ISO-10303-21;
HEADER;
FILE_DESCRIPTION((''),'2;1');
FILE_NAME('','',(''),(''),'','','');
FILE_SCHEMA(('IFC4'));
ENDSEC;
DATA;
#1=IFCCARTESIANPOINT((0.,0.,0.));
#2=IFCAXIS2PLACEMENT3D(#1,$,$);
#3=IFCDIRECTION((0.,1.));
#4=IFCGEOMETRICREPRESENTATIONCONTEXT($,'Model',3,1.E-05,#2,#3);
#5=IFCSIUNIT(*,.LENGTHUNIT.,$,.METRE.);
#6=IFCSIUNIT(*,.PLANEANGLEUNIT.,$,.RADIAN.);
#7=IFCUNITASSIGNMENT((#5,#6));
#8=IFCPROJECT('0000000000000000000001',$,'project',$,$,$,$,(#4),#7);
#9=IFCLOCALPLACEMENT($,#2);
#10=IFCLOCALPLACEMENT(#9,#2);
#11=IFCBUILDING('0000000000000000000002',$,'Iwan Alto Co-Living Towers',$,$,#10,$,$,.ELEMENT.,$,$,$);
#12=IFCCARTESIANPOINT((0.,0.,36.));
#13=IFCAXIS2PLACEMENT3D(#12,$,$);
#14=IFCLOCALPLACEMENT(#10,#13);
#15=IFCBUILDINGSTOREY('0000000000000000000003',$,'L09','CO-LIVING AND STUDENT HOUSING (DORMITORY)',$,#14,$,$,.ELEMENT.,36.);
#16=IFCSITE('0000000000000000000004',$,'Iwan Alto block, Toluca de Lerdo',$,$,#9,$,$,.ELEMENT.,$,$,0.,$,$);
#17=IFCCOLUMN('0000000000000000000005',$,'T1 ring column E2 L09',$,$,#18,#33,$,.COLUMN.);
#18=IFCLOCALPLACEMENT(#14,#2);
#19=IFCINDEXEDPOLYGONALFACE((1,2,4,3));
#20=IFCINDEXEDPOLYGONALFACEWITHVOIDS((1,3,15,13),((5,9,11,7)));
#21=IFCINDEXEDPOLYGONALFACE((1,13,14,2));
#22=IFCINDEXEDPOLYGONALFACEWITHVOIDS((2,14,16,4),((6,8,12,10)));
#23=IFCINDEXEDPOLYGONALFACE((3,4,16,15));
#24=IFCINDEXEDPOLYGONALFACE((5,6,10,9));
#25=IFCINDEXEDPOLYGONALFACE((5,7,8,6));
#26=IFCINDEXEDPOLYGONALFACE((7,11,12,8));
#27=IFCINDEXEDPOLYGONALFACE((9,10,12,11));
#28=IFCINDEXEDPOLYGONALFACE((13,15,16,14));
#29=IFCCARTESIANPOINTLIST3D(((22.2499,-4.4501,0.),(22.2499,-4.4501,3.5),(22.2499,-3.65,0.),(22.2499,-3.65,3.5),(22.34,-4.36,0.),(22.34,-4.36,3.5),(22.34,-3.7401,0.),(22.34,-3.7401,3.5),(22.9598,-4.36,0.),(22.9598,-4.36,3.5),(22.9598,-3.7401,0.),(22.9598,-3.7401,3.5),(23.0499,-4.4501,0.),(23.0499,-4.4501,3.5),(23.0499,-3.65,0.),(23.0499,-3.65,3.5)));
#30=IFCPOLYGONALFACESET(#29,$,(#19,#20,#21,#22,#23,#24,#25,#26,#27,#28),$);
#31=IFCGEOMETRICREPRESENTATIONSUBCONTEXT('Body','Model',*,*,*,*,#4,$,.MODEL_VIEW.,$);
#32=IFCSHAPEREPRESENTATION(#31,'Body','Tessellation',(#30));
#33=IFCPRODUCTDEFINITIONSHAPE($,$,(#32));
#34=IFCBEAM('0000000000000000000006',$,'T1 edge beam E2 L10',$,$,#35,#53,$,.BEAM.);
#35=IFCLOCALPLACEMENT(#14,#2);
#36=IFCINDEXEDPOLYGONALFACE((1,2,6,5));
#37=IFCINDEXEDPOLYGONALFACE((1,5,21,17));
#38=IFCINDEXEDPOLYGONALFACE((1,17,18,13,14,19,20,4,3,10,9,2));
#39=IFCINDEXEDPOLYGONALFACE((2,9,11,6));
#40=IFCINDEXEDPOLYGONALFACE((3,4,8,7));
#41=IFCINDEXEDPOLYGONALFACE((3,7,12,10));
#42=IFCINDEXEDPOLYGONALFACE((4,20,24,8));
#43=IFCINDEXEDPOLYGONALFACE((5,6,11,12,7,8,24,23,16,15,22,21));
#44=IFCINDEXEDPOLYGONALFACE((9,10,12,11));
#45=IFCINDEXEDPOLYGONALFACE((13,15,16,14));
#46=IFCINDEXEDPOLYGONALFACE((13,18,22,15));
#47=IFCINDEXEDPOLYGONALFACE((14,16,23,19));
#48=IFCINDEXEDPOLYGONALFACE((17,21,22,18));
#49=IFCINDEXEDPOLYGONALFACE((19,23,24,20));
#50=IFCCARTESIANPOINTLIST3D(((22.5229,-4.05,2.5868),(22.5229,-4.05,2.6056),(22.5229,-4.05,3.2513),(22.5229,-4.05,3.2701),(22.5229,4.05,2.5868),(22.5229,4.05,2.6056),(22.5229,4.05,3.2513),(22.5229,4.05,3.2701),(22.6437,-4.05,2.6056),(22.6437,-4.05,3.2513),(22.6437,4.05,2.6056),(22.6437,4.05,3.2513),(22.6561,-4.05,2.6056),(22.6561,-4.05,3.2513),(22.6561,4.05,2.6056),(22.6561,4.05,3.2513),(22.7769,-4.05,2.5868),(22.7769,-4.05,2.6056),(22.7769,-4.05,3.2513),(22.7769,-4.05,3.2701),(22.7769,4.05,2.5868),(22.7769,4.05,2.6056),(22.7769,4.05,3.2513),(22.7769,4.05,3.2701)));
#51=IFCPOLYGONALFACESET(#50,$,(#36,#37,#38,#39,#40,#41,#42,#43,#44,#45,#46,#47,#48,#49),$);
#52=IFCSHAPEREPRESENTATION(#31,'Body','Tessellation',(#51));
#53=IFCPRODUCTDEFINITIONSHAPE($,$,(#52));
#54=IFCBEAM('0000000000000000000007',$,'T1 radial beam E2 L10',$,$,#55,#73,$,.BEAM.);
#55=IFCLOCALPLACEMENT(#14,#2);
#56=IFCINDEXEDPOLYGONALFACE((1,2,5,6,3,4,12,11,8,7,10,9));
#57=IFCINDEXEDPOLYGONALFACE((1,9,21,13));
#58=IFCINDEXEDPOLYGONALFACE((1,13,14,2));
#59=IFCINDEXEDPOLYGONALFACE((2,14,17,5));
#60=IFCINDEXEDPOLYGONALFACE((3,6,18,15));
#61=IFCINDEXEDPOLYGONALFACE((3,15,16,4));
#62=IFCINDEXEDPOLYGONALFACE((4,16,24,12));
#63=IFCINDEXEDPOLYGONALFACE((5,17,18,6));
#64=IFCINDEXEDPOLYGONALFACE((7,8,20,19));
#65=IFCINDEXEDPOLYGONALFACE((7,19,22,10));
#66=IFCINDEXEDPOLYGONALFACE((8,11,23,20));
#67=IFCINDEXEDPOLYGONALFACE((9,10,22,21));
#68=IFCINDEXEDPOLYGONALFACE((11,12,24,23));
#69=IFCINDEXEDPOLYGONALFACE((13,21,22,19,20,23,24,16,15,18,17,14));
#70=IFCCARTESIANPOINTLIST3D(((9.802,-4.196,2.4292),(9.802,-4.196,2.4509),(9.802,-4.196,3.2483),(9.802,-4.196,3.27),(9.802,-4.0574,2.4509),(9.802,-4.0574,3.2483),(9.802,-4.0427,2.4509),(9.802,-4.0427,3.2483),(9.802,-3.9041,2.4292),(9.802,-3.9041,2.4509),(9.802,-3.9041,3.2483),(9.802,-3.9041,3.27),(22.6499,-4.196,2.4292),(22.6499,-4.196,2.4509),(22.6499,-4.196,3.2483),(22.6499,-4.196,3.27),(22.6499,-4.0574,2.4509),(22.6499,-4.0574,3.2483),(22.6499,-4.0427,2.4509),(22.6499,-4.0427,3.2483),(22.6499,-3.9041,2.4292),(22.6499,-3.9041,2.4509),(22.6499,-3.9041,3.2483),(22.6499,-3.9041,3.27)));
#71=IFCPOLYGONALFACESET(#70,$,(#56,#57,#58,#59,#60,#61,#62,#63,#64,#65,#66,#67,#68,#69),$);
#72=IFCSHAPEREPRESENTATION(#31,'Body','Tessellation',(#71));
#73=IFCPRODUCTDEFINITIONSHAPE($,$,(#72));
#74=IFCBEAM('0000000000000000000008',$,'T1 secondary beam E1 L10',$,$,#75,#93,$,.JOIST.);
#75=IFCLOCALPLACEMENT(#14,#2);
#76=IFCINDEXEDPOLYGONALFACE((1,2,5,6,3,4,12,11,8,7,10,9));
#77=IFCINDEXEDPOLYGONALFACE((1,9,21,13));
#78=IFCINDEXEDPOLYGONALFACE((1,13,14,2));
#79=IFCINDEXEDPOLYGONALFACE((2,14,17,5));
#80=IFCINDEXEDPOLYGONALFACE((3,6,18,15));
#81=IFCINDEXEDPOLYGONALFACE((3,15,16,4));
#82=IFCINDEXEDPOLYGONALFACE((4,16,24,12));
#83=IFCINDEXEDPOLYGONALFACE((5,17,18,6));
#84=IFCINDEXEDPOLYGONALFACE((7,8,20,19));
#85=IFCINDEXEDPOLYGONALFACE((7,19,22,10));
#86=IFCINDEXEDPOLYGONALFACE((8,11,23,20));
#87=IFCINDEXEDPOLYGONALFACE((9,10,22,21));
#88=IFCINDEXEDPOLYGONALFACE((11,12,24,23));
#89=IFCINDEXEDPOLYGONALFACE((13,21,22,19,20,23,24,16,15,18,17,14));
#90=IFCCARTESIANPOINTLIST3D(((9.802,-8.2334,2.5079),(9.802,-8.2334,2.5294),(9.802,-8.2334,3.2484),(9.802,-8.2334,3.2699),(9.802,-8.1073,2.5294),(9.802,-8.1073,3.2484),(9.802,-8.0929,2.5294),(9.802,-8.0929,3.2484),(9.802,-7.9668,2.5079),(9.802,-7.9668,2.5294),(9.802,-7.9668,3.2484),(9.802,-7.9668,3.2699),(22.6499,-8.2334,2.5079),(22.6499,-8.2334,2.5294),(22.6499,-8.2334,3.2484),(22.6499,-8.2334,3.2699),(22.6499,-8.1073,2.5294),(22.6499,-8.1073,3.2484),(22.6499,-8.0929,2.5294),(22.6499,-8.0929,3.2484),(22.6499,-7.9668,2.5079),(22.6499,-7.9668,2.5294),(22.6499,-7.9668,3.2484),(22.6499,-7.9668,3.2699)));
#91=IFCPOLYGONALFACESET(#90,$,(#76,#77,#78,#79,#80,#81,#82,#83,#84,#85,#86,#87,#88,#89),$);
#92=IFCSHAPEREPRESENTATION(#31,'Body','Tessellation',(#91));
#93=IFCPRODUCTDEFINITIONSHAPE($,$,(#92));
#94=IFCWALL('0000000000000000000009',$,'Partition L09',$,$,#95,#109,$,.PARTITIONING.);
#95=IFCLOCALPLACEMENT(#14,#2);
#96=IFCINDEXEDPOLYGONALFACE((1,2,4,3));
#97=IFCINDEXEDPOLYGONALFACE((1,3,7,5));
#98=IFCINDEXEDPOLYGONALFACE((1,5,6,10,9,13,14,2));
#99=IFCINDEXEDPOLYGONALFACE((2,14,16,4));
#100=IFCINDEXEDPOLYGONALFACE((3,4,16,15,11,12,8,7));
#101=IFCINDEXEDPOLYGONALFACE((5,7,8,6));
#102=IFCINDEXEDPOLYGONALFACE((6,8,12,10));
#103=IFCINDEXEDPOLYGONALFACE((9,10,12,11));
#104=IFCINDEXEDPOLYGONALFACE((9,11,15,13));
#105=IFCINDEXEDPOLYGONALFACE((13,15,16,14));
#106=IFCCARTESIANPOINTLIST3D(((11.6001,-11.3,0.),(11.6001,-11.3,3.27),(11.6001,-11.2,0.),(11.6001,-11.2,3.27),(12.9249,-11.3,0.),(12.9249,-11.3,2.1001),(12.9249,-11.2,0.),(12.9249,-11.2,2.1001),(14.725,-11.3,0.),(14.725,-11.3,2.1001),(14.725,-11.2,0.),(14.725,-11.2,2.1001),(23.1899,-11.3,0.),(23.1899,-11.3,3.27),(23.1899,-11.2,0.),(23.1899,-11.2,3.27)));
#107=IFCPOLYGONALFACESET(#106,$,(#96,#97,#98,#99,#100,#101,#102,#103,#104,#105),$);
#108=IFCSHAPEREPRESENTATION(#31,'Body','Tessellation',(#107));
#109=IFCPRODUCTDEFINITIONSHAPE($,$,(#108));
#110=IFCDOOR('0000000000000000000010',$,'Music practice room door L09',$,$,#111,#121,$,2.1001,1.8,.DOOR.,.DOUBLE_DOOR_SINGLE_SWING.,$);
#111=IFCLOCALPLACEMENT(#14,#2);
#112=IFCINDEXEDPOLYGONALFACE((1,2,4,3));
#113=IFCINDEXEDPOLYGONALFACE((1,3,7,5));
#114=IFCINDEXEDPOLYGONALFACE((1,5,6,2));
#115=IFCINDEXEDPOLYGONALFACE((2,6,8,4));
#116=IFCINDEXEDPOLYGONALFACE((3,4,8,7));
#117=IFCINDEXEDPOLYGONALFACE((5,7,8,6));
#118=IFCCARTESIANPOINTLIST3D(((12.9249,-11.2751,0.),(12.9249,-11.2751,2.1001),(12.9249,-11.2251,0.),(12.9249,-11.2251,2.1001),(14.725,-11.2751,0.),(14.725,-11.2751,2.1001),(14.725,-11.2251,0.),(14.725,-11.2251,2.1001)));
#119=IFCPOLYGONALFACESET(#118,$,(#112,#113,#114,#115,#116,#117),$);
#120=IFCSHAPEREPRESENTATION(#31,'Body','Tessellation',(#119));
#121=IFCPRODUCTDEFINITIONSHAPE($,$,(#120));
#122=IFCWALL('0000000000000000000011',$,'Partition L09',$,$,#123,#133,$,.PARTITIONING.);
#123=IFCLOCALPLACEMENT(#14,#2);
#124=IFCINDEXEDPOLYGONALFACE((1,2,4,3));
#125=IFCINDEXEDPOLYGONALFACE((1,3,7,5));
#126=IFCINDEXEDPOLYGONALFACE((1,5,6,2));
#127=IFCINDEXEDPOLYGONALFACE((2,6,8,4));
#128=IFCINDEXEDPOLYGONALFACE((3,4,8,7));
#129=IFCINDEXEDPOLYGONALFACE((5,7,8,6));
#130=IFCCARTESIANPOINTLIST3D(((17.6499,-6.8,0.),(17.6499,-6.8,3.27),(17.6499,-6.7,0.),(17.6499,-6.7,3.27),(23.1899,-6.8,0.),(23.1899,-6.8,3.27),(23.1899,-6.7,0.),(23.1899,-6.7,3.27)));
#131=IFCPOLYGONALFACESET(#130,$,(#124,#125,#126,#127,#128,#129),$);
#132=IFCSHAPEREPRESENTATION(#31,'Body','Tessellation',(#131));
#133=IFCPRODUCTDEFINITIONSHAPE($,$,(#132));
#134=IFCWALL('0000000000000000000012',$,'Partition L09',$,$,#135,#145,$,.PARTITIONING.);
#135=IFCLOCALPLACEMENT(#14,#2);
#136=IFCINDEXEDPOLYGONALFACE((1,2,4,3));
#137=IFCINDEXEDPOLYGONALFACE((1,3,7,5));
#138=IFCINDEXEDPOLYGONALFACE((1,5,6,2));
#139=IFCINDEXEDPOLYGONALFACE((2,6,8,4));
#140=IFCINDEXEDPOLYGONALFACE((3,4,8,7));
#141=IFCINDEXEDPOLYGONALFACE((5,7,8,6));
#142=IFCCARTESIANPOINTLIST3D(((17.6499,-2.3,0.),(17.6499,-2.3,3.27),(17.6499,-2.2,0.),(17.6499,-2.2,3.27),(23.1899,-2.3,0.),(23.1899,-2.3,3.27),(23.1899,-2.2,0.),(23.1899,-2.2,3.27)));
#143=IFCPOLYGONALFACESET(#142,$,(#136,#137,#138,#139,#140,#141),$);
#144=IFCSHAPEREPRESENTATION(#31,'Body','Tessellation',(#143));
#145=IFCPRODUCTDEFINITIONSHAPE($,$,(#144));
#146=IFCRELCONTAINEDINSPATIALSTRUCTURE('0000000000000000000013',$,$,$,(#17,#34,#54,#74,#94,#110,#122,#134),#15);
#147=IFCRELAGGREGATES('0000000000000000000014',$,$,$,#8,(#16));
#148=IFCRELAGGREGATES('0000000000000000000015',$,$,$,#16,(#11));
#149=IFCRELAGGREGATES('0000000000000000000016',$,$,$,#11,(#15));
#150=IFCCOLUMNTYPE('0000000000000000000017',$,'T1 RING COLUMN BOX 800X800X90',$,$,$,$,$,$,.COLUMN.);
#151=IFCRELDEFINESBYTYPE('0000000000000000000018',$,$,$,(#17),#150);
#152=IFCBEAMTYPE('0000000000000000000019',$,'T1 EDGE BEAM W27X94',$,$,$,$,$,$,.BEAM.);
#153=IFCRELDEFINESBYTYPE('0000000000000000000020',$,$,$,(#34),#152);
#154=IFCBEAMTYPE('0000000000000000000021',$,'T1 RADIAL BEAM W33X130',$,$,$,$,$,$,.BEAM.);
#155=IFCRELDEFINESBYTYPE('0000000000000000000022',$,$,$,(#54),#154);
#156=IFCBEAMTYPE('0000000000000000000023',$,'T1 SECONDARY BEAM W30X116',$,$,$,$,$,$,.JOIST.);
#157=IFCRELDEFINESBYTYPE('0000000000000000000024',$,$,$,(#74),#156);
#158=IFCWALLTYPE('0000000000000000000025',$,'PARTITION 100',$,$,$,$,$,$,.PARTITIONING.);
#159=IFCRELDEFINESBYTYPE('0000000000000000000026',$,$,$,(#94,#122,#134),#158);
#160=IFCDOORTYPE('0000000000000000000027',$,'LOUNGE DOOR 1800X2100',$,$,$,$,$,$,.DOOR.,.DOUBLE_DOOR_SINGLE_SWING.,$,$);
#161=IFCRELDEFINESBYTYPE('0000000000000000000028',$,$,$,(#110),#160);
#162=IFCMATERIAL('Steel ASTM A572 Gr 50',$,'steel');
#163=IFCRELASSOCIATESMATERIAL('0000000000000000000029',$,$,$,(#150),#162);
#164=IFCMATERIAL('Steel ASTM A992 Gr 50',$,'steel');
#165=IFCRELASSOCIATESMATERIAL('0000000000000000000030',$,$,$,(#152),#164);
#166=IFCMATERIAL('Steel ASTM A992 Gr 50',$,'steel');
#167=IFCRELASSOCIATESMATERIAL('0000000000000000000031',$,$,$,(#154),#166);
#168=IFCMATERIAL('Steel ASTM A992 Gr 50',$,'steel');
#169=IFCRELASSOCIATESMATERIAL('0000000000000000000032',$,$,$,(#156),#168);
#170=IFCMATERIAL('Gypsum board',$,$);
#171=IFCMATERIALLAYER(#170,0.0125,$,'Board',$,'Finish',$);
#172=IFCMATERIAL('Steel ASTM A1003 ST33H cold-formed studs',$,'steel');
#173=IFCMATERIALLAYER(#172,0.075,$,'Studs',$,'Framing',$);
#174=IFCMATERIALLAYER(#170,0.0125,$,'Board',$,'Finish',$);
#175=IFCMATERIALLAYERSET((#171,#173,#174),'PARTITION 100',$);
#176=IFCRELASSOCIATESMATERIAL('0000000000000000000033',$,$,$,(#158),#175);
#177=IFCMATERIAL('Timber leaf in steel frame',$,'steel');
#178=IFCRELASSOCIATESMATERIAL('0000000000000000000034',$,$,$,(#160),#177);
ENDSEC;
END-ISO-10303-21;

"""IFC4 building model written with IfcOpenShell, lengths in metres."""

from ifc_helpers import new_model, si_unit, direction, frame, frame_2d, origin, origin_2d, place, context, subcontext, project, spatial, rectangle, hollow_rectangle, i_section, extrude, material, layer, layer_set, material_profile, profile_set, type_object, element, fill, save


model = new_model("IFC4")

# Units and contexts
model_context = context("Model", 3, precision=1e-05, world=origin(), true_north=direction((0.0, 1.0)))
body_context = subcontext(model_context, "Body", "Model", "MODEL_VIEW")
ifc_project = project(units=[si_unit("LENGTHUNIT", "METRE"), si_unit("PLANEANGLEUNIT", "RADIAN")], contexts=[model_context])

# Site, building, storey
site_placement = place(None, origin())
site = spatial("IfcSite", under=ifc_project, at=site_placement, Name="Iwan Alto block, Toluca de Lerdo", CompositionType="ELEMENT", RefElevation=0.0)
building_placement = place(site_placement, origin())
building = spatial("IfcBuilding", under=site, at=building_placement, Name="Iwan Alto Co-Living Towers", CompositionType="ELEMENT")
storey_placement = place(building_placement, frame((0.0, 0.0, 36.0)))
storey = spatial("IfcBuildingStorey", under=building, at=storey_placement, Name="L09", Description="CO-LIVING AND STUDENT HOUSING (DORMITORY)", CompositionType="ELEMENT", Elevation=36.0)

# Column
ifc_material_1 = material(Name="Steel ASTM A572 Gr 50", Category="steel")
ifc_material_profile_1 = material_profile(ifc_material_1, hollow_rectangle(XDim=0.8, YDim=0.8, WallThickness=0.0901, at=origin_2d()), Name="BOX 800X800X90")
ifc_profile_set_1 = profile_set([ifc_material_profile_1], Name="Steel ASTM A572 Gr 50")
column_type = type_object("IfcColumnType", Name="T1 RING COLUMN BOX 800X800X90", PredefinedType="COLUMN", material=ifc_profile_set_1)
column_placement = place(storey_placement, frame((22.6499, -4.05, 0.0), z_axis=(0.0, 0.0, 1.0), x_axis=(1.0, 0.0, 0.0)))
element("IfcColumn", 1, at=column_placement, inside=storey, type_object=column_type, Name="T1 ring column E2 L09", PredefinedType="COLUMN", context=body_context, shape_type="SweptSolid", body=[
    extrude(hollow_rectangle(XDim=0.8, YDim=0.8, WallThickness=0.0901, at=origin_2d()), origin(), (0.0, 0.0, 1.0), 3.5),
])

# Beams
ifc_material_2 = material(Name="Steel ASTM A992 Gr 50", Category="steel")
ifc_material_profile_2 = material_profile(ifc_material_2, i_section(OverallWidth=0.2539, OverallDepth=0.6833, WebThickness=0.0125, FlangeThickness=0.0188, at=origin_2d()), Name="W27X94")
ifc_profile_set_2 = profile_set([ifc_material_profile_2], Name="Steel ASTM A992 Gr 50")
beam_type_1 = type_object("IfcBeamType", Name="T1 EDGE BEAM W27X94", PredefinedType="BEAM", material=ifc_profile_set_2)
beam_1_placement = place(storey_placement, frame((22.6499, -4.05, 2.9285), z_axis=(0.0, 1.0, 0.0), x_axis=(-1.0, 0.0, 0.0)))
element("IfcBeam", 2, at=beam_1_placement, inside=storey, type_object=beam_type_1, Name="T1 edge beam E2 L10", PredefinedType="BEAM", context=body_context, shape_type="SweptSolid", body=[
    extrude(i_section(OverallWidth=0.2539, OverallDepth=0.6833, WebThickness=0.0125, FlangeThickness=0.0188, at=origin_2d()), origin(), (0.0, 0.0, 1.0), 8.1001),
])
ifc_material_3 = material(Name="Steel ASTM A992 Gr 50", Category="steel")
ifc_material_profile_3 = material_profile(ifc_material_3, i_section(OverallWidth=0.292, OverallDepth=0.8408, WebThickness=0.0146, FlangeThickness=0.0217, at=origin_2d()), Name="W33X130")
ifc_profile_set_3 = profile_set([ifc_material_profile_3], Name="Steel ASTM A992 Gr 50")
beam_type_2 = type_object("IfcBeamType", Name="T1 RADIAL BEAM W33X130", PredefinedType="BEAM", material=ifc_profile_set_3)
beam_2_placement = place(storey_placement, frame((22.6499, -4.05, 2.8496), z_axis=(-1.0, 0.0, 0.0), x_axis=(0.0, -1.0, 0.0)))
element("IfcBeam", 3, at=beam_2_placement, inside=storey, type_object=beam_type_2, Name="T1 radial beam E2 L10", PredefinedType="BEAM", context=body_context, shape_type="SweptSolid", body=[
    extrude(i_section(OverallWidth=0.292, OverallDepth=0.8408, WebThickness=0.0146, FlangeThickness=0.0217, at=origin_2d()), origin(), (0.0, 0.0, 1.0), 12.8479),
])
ifc_material_4 = material(Name="Steel ASTM A992 Gr 50", Category="steel")
ifc_material_profile_4 = material_profile(ifc_material_4, i_section(OverallWidth=0.2666, OverallDepth=0.762, WebThickness=0.0144, FlangeThickness=0.0215, at=origin_2d()), Name="W30X116")
ifc_profile_set_4 = profile_set([ifc_material_profile_4], Name="Steel ASTM A992 Gr 50")
beam_type_3 = type_object("IfcBeamType", Name="T1 SECONDARY BEAM W30X116", PredefinedType="JOIST", material=ifc_profile_set_4)
beam_3_placement = place(storey_placement, frame((22.6499, -8.1001, 2.8889), z_axis=(-1.0, 0.0, 0.0), x_axis=(0.0, -1.0, 0.0)))
element("IfcBeam", 4, at=beam_3_placement, inside=storey, type_object=beam_type_3, Name="T1 secondary beam E1 L10", PredefinedType="JOIST", context=body_context, shape_type="SweptSolid", body=[
    extrude(i_section(OverallWidth=0.2666, OverallDepth=0.762, WebThickness=0.0144, FlangeThickness=0.0215, at=origin_2d()), origin(), (0.0, 0.0, 1.0), 12.8479),
])

# Wall, opening, door
ifc_material_5 = material(Name="Gypsum board")
ifc_layer_1 = layer(ifc_material_5, 0.0125, Name="Board", Category="Finish")
ifc_material_6 = material(Name="Steel ASTM A1003 ST33H cold-formed studs", Category="steel")
ifc_layer_2 = layer(ifc_material_6, 0.075, Name="Studs", Category="Framing")
ifc_layer_3 = layer(ifc_material_5, 0.0125, Name="Board", Category="Finish")
ifc_layer_set_1 = layer_set([ifc_layer_1, ifc_layer_2, ifc_layer_3], Name="PARTITION 100")
wall_type_1 = type_object("IfcWallType", Name="PARTITION 100", PredefinedType="PARTITIONING", material=ifc_layer_set_1)
wall_1_placement = place(storey_placement, frame((11.6001, -11.25, 0.0), z_axis=(0.0, 0.0, 1.0), x_axis=(1.0, 0.0, 0.0)))
wall_1 = element("IfcWall", 5, at=wall_1_placement, inside=storey, type_object=wall_type_1, Name="Partition L09", PredefinedType="PARTITIONING", context=body_context, shape_type="SweptSolid", body=[
    extrude(rectangle(XDim=11.5898, YDim=0.1001, at=frame_2d((5.7949, 0.0))), origin(), (0.0, 0.0, 1.0), 3.27),
])
opening_1_placement = place(wall_1_placement, frame((1.325, 0.0, 0.0)))
opening_1 = element("IfcOpeningElement", 6, at=opening_1_placement, cuts=wall_1, PredefinedType="OPENING", context=body_context, shape_type="SweptSolid", body=[
    extrude(rectangle(XDim=1.8, YDim=2.1001, at=frame_2d((0.8999, 1.05))), frame((0.0, 0.0601, 0.0), z_axis=(0.0, -1.0, 0.0), x_axis=(1.0, 0.0, 0.0)), (0.0, 0.0, 1.0), 0.1201),
])
ifc_material_7 = material(Name="Timber leaf in steel frame", Category="steel")
door_type_1 = type_object("IfcDoorType", Name="LOUNGE DOOR 1800X2100", OperationType="DOUBLE_DOOR_SINGLE_SWING", PredefinedType="DOOR", material=ifc_material_7)
door_1_placement = place(opening_1_placement, origin())
door_1 = element("IfcDoor", 7, at=door_1_placement, inside=storey, type_object=door_type_1, Name="Music practice room door L09", OperationType="DOUBLE_DOOR_SINGLE_SWING", OverallHeight=2.1001, OverallWidth=1.8, PredefinedType="DOOR", context=body_context, shape_type="SweptSolid", body=[
    extrude(rectangle(XDim=1.8, YDim=2.1001, at=frame_2d((0.8999, 1.05))), frame((0.0, 0.0249, 0.0), z_axis=(0.0, -1.0, 0.0), x_axis=(1.0, 0.0, 0.0)), (0.0, 0.0, 1.0), 0.05),
])
fill(opening_1, door_1)

# Walls
for number, where, z_axis, x_axis, name in (
    (8, (17.6499, -6.75, 0.0), (0.0, 0.0, 1.0), (1.0, 0.0, 0.0), "Partition L09"),
    (9, (17.6499, -2.25, 0.0), (0.0, 0.0, 1.0), (1.0, 0.0, 0.0), "Partition L09"),
):
    element("IfcWall", number, at=place(storey_placement, frame(where, z_axis=z_axis, x_axis=x_axis)), inside=storey, type_object=wall_type_1, Name=name, PredefinedType="PARTITIONING", context=body_context, shape_type="SweptSolid", body=[
        extrude(rectangle(XDim=5.54, YDim=0.1001, at=frame_2d((2.77, 0.0))), origin(), (0.0, 0.0, 1.0), 3.27),
    ])

save(model, "model.ifc")
